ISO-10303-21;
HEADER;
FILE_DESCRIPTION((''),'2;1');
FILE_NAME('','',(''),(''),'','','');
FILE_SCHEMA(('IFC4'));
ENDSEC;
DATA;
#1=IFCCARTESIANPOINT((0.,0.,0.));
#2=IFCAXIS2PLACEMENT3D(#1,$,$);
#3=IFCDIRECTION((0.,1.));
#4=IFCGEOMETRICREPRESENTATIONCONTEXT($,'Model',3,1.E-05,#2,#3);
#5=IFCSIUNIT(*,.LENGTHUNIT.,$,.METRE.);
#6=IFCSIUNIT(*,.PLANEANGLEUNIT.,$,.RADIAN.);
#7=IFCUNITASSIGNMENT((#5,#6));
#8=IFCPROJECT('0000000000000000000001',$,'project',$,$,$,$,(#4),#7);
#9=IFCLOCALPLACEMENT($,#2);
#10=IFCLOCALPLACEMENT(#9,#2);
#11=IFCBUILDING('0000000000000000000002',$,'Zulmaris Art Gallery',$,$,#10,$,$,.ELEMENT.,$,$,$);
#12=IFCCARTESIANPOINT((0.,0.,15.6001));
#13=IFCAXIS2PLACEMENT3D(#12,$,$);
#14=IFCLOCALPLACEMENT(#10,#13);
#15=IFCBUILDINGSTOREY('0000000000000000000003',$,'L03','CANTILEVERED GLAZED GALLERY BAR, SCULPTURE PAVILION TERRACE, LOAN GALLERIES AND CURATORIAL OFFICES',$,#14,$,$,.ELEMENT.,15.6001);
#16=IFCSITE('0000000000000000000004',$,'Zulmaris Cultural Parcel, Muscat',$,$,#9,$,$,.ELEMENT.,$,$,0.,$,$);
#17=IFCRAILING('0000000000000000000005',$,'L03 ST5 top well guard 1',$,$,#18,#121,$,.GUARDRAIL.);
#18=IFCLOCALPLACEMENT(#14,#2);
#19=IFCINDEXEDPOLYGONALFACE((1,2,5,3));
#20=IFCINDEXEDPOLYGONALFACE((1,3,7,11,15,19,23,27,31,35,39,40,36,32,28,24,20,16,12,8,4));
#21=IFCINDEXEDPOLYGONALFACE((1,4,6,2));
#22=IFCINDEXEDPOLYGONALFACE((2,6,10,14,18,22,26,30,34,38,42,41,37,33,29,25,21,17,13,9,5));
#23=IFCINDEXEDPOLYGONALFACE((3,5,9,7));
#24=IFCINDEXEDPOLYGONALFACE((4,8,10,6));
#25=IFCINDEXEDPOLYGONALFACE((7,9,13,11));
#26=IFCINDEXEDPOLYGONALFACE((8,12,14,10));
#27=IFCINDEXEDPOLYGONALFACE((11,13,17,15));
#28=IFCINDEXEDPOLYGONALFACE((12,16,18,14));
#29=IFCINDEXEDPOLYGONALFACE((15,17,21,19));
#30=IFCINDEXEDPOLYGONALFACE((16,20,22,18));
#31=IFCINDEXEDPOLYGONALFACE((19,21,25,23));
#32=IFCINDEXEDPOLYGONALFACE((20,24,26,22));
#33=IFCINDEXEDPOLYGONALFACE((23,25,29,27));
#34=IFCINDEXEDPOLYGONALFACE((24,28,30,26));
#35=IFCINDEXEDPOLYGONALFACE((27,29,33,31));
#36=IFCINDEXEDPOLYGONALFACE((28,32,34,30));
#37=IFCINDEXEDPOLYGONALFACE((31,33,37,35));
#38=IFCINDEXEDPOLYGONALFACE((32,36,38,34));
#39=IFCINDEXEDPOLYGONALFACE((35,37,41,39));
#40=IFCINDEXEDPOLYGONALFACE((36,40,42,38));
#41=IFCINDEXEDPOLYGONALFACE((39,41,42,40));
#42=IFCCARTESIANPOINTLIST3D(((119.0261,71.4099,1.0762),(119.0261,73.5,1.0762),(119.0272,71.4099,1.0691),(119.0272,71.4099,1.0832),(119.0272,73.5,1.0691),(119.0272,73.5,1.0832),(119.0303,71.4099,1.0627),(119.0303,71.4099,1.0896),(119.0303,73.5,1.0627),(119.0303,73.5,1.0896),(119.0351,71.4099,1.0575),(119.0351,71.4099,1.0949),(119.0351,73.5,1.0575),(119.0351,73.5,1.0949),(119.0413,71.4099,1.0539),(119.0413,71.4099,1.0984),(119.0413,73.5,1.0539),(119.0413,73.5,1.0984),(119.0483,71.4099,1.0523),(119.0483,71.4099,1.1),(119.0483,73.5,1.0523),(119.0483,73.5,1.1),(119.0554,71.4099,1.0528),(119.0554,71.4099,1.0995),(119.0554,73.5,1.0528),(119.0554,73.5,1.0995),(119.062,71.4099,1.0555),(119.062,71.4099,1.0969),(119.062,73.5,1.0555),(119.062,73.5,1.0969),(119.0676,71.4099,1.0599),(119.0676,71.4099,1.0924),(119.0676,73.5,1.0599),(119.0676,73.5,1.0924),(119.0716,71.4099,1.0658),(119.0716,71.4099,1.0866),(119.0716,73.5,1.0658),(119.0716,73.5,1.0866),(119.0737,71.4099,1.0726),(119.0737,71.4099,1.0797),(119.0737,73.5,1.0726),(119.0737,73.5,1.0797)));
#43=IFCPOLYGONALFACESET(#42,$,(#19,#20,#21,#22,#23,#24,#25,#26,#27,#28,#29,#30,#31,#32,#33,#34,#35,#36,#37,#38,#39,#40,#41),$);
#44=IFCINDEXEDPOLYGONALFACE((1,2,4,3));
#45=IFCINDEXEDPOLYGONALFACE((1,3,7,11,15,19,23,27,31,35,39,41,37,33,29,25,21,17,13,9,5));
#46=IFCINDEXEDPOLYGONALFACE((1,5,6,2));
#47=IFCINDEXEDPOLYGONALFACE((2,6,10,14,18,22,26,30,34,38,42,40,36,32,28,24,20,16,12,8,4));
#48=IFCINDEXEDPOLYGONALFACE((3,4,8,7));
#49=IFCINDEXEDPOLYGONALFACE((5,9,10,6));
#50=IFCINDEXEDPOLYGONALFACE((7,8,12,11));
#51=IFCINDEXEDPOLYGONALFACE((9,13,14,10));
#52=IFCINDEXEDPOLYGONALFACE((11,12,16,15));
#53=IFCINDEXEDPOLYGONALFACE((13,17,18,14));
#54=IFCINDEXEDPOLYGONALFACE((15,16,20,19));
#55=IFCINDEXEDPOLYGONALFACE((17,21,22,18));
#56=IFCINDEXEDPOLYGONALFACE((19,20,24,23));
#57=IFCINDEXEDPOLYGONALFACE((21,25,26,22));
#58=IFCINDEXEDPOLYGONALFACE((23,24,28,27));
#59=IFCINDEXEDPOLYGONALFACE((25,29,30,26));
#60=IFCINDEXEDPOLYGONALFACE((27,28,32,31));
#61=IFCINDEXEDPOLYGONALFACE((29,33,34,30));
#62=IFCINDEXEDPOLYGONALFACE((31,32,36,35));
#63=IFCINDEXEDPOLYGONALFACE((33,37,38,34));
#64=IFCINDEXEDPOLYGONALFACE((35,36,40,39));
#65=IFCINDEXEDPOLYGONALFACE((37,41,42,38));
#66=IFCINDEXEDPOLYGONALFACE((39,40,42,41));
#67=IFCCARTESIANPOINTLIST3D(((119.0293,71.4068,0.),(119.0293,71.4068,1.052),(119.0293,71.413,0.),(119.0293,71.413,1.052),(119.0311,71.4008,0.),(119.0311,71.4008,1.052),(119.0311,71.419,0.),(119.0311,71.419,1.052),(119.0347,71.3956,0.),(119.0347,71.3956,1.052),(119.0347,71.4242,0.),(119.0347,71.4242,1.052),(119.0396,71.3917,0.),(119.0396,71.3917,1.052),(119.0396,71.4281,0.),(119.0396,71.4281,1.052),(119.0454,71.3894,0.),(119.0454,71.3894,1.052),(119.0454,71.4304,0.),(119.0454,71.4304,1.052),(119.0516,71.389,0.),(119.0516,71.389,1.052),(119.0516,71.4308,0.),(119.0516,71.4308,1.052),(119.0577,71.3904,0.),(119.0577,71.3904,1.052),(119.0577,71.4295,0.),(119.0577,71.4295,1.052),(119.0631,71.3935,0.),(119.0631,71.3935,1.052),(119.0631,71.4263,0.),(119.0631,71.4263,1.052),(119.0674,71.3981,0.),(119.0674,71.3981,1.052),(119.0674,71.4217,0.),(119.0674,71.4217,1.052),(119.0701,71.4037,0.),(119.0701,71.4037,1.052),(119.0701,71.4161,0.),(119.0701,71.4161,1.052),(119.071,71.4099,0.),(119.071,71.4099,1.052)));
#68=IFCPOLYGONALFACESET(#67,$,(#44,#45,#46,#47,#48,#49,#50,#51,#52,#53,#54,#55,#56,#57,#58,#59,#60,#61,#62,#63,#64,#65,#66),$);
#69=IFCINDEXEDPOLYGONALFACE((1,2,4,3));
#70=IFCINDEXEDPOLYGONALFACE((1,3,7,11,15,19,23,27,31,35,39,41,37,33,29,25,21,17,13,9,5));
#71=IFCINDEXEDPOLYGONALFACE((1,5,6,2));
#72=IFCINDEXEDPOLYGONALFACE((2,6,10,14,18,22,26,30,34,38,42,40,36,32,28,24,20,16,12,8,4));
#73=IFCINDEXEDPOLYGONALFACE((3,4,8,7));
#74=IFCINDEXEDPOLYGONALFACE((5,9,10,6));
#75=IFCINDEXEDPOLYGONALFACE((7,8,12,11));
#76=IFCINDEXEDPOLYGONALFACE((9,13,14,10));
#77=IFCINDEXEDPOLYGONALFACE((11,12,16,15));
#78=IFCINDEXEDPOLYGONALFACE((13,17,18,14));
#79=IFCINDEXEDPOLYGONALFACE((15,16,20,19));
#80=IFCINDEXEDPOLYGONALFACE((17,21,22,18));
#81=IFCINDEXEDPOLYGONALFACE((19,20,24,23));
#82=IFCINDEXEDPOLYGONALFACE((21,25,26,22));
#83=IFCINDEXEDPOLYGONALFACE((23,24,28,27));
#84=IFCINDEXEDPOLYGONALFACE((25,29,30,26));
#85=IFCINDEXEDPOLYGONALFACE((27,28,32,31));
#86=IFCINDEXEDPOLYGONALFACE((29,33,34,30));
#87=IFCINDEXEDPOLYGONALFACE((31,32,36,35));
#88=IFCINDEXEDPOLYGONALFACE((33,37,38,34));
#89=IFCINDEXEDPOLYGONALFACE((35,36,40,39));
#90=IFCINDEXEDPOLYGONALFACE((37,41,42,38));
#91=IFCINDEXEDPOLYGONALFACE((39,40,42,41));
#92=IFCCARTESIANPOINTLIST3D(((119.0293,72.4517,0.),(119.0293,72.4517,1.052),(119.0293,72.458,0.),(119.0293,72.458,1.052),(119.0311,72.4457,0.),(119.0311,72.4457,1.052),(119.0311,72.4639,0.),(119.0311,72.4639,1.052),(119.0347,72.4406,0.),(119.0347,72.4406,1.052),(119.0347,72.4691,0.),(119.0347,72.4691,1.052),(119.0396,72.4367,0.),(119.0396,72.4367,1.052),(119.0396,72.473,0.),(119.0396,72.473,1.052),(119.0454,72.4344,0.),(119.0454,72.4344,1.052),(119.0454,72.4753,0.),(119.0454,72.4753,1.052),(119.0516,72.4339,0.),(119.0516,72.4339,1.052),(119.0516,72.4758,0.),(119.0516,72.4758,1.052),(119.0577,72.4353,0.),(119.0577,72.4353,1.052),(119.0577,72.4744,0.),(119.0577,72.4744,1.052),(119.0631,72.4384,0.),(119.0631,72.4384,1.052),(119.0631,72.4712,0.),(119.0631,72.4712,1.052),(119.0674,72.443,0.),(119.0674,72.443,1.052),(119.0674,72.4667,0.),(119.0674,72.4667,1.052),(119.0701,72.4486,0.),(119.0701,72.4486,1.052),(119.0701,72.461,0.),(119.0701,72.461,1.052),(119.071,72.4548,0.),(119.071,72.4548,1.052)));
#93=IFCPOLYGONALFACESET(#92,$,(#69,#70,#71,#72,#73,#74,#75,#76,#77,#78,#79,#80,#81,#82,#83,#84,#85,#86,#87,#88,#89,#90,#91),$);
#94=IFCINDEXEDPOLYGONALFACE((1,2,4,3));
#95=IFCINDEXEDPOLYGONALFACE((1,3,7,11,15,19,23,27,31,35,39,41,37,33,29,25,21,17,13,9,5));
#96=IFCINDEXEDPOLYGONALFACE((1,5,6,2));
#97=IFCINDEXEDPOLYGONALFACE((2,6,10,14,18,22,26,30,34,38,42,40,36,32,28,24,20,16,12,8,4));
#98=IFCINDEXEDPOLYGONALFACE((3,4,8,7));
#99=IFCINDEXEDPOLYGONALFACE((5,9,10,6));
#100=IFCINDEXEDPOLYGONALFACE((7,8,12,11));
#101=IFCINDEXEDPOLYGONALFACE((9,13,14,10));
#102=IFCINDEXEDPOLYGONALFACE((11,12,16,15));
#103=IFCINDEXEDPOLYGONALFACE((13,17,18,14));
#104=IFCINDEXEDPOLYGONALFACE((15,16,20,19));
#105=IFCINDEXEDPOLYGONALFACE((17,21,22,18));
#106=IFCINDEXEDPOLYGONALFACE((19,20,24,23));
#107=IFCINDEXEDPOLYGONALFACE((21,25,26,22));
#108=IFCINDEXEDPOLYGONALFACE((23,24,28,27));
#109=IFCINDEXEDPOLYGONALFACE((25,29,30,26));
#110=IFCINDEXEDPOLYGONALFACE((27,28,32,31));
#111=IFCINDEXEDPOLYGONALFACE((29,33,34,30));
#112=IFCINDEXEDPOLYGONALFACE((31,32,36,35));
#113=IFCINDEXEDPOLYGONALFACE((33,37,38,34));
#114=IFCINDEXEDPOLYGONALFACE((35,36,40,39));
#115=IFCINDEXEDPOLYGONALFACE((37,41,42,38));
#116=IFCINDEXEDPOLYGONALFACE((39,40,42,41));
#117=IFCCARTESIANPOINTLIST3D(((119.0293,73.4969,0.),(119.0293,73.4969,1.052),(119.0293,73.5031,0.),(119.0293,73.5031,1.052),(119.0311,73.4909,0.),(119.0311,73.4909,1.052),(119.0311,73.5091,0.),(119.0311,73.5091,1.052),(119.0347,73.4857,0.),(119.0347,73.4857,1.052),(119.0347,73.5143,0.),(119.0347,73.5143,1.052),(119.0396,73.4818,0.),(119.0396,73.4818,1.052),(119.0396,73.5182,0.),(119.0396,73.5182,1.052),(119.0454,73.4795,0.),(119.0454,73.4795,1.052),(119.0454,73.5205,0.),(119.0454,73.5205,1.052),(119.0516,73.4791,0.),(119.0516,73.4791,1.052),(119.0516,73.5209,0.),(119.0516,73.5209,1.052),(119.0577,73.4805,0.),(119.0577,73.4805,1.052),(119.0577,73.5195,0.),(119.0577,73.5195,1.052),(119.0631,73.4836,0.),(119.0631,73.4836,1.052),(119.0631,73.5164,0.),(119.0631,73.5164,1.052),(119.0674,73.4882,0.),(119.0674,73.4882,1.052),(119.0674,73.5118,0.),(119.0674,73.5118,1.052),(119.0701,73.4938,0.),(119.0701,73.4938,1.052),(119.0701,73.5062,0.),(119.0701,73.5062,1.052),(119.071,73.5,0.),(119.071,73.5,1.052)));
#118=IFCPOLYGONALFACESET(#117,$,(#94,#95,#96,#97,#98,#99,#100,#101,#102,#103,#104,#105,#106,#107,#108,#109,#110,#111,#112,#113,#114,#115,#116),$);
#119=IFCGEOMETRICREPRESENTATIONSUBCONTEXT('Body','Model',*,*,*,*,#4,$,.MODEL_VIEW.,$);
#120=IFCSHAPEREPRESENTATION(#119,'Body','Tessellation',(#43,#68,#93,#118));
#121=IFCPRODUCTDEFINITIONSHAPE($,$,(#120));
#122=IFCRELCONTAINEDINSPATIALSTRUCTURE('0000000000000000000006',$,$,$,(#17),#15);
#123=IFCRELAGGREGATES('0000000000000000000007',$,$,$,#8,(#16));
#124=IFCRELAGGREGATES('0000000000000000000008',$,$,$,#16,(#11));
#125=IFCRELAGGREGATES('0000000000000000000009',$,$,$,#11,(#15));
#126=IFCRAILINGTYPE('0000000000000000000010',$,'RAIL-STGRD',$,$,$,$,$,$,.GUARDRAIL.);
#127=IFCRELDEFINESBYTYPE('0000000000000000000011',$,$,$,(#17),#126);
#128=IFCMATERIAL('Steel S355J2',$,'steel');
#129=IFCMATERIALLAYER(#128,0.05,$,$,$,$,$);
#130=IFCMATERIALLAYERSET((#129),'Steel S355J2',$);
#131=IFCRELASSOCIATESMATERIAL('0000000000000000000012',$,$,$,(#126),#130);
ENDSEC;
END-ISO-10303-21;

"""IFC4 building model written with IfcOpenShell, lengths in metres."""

from ifc_helpers import new_model, si_unit, direction, frame, origin, origin_2d, place, context, subcontext, project, spatial, circle, extrude, material, layer, layer_set, type_object, element, save


model = new_model("IFC4")

# Units and contexts
model_context = context("Model", 3, precision=1e-05, world=origin(), true_north=direction((0.0, 1.0)))
body_context = subcontext(model_context, "Body", "Model", "MODEL_VIEW")
ifc_project = project(units=[si_unit("LENGTHUNIT", "METRE"), si_unit("PLANEANGLEUNIT", "RADIAN")], contexts=[model_context])

# Site, building, storey
site_placement = place(None, origin())
site = spatial("IfcSite", under=ifc_project, at=site_placement, Name="Zulmaris Cultural Parcel, Muscat", CompositionType="ELEMENT", RefElevation=0.0)
building_placement = place(site_placement, origin())
building = spatial("IfcBuilding", under=site, at=building_placement, Name="Zulmaris Art Gallery", CompositionType="ELEMENT")
storey_placement = place(building_placement, frame((0.0, 0.0, 15.6001)))
storey = spatial("IfcBuildingStorey", under=building, at=storey_placement, Name="L03", Description="CANTILEVERED GLAZED GALLERY BAR, SCULPTURE PAVILION TERRACE, LOAN GALLERIES AND CURATORIAL OFFICES", CompositionType="ELEMENT", Elevation=15.6001)

# Shared definitions
ifc_material_1 = material(Name="Steel S355J2", Category="steel")

# Railing
ifc_layer_1 = layer(ifc_material_1, 0.05)
ifc_layer_set_1 = layer_set([ifc_layer_1], Name="Steel S355J2")
railing_type = type_object("IfcRailingType", Name="RAIL-STGRD", PredefinedType="GUARDRAIL", material=ifc_layer_set_1)
railing_placement = place(storey_placement, frame((119.05, 71.4099, 0.0)))
element("IfcRailing", 1, at=railing_placement, inside=storey, type_object=railing_type, Name="L03 ST5 top well guard 1", PredefinedType="GUARDRAIL", context=body_context, shape_type="SweptSolid", body=[
    extrude(circle(Radius=0.0239, at=origin_2d()), frame((0.0, 0.0, 1.0762), z_axis=(0.0, 1.0, 0.0), x_axis=(-1.0, 0.0, 0.0)), (0.0, 0.0, 1.0), 2.0901),
    extrude(circle(Radius=0.021, at=origin_2d()), origin(), (0.0, 0.0, 1.0), 1.052),
    extrude(circle(Radius=0.021, at=origin_2d()), frame((0.0, 1.0449, 0.0)), (0.0, 0.0, 1.0), 1.052),
    extrude(circle(Radius=0.021, at=origin_2d()), frame((0.0, 2.0901, 0.0)), (0.0, 0.0, 1.0), 1.052),
])

save(model, "model.ifc")
